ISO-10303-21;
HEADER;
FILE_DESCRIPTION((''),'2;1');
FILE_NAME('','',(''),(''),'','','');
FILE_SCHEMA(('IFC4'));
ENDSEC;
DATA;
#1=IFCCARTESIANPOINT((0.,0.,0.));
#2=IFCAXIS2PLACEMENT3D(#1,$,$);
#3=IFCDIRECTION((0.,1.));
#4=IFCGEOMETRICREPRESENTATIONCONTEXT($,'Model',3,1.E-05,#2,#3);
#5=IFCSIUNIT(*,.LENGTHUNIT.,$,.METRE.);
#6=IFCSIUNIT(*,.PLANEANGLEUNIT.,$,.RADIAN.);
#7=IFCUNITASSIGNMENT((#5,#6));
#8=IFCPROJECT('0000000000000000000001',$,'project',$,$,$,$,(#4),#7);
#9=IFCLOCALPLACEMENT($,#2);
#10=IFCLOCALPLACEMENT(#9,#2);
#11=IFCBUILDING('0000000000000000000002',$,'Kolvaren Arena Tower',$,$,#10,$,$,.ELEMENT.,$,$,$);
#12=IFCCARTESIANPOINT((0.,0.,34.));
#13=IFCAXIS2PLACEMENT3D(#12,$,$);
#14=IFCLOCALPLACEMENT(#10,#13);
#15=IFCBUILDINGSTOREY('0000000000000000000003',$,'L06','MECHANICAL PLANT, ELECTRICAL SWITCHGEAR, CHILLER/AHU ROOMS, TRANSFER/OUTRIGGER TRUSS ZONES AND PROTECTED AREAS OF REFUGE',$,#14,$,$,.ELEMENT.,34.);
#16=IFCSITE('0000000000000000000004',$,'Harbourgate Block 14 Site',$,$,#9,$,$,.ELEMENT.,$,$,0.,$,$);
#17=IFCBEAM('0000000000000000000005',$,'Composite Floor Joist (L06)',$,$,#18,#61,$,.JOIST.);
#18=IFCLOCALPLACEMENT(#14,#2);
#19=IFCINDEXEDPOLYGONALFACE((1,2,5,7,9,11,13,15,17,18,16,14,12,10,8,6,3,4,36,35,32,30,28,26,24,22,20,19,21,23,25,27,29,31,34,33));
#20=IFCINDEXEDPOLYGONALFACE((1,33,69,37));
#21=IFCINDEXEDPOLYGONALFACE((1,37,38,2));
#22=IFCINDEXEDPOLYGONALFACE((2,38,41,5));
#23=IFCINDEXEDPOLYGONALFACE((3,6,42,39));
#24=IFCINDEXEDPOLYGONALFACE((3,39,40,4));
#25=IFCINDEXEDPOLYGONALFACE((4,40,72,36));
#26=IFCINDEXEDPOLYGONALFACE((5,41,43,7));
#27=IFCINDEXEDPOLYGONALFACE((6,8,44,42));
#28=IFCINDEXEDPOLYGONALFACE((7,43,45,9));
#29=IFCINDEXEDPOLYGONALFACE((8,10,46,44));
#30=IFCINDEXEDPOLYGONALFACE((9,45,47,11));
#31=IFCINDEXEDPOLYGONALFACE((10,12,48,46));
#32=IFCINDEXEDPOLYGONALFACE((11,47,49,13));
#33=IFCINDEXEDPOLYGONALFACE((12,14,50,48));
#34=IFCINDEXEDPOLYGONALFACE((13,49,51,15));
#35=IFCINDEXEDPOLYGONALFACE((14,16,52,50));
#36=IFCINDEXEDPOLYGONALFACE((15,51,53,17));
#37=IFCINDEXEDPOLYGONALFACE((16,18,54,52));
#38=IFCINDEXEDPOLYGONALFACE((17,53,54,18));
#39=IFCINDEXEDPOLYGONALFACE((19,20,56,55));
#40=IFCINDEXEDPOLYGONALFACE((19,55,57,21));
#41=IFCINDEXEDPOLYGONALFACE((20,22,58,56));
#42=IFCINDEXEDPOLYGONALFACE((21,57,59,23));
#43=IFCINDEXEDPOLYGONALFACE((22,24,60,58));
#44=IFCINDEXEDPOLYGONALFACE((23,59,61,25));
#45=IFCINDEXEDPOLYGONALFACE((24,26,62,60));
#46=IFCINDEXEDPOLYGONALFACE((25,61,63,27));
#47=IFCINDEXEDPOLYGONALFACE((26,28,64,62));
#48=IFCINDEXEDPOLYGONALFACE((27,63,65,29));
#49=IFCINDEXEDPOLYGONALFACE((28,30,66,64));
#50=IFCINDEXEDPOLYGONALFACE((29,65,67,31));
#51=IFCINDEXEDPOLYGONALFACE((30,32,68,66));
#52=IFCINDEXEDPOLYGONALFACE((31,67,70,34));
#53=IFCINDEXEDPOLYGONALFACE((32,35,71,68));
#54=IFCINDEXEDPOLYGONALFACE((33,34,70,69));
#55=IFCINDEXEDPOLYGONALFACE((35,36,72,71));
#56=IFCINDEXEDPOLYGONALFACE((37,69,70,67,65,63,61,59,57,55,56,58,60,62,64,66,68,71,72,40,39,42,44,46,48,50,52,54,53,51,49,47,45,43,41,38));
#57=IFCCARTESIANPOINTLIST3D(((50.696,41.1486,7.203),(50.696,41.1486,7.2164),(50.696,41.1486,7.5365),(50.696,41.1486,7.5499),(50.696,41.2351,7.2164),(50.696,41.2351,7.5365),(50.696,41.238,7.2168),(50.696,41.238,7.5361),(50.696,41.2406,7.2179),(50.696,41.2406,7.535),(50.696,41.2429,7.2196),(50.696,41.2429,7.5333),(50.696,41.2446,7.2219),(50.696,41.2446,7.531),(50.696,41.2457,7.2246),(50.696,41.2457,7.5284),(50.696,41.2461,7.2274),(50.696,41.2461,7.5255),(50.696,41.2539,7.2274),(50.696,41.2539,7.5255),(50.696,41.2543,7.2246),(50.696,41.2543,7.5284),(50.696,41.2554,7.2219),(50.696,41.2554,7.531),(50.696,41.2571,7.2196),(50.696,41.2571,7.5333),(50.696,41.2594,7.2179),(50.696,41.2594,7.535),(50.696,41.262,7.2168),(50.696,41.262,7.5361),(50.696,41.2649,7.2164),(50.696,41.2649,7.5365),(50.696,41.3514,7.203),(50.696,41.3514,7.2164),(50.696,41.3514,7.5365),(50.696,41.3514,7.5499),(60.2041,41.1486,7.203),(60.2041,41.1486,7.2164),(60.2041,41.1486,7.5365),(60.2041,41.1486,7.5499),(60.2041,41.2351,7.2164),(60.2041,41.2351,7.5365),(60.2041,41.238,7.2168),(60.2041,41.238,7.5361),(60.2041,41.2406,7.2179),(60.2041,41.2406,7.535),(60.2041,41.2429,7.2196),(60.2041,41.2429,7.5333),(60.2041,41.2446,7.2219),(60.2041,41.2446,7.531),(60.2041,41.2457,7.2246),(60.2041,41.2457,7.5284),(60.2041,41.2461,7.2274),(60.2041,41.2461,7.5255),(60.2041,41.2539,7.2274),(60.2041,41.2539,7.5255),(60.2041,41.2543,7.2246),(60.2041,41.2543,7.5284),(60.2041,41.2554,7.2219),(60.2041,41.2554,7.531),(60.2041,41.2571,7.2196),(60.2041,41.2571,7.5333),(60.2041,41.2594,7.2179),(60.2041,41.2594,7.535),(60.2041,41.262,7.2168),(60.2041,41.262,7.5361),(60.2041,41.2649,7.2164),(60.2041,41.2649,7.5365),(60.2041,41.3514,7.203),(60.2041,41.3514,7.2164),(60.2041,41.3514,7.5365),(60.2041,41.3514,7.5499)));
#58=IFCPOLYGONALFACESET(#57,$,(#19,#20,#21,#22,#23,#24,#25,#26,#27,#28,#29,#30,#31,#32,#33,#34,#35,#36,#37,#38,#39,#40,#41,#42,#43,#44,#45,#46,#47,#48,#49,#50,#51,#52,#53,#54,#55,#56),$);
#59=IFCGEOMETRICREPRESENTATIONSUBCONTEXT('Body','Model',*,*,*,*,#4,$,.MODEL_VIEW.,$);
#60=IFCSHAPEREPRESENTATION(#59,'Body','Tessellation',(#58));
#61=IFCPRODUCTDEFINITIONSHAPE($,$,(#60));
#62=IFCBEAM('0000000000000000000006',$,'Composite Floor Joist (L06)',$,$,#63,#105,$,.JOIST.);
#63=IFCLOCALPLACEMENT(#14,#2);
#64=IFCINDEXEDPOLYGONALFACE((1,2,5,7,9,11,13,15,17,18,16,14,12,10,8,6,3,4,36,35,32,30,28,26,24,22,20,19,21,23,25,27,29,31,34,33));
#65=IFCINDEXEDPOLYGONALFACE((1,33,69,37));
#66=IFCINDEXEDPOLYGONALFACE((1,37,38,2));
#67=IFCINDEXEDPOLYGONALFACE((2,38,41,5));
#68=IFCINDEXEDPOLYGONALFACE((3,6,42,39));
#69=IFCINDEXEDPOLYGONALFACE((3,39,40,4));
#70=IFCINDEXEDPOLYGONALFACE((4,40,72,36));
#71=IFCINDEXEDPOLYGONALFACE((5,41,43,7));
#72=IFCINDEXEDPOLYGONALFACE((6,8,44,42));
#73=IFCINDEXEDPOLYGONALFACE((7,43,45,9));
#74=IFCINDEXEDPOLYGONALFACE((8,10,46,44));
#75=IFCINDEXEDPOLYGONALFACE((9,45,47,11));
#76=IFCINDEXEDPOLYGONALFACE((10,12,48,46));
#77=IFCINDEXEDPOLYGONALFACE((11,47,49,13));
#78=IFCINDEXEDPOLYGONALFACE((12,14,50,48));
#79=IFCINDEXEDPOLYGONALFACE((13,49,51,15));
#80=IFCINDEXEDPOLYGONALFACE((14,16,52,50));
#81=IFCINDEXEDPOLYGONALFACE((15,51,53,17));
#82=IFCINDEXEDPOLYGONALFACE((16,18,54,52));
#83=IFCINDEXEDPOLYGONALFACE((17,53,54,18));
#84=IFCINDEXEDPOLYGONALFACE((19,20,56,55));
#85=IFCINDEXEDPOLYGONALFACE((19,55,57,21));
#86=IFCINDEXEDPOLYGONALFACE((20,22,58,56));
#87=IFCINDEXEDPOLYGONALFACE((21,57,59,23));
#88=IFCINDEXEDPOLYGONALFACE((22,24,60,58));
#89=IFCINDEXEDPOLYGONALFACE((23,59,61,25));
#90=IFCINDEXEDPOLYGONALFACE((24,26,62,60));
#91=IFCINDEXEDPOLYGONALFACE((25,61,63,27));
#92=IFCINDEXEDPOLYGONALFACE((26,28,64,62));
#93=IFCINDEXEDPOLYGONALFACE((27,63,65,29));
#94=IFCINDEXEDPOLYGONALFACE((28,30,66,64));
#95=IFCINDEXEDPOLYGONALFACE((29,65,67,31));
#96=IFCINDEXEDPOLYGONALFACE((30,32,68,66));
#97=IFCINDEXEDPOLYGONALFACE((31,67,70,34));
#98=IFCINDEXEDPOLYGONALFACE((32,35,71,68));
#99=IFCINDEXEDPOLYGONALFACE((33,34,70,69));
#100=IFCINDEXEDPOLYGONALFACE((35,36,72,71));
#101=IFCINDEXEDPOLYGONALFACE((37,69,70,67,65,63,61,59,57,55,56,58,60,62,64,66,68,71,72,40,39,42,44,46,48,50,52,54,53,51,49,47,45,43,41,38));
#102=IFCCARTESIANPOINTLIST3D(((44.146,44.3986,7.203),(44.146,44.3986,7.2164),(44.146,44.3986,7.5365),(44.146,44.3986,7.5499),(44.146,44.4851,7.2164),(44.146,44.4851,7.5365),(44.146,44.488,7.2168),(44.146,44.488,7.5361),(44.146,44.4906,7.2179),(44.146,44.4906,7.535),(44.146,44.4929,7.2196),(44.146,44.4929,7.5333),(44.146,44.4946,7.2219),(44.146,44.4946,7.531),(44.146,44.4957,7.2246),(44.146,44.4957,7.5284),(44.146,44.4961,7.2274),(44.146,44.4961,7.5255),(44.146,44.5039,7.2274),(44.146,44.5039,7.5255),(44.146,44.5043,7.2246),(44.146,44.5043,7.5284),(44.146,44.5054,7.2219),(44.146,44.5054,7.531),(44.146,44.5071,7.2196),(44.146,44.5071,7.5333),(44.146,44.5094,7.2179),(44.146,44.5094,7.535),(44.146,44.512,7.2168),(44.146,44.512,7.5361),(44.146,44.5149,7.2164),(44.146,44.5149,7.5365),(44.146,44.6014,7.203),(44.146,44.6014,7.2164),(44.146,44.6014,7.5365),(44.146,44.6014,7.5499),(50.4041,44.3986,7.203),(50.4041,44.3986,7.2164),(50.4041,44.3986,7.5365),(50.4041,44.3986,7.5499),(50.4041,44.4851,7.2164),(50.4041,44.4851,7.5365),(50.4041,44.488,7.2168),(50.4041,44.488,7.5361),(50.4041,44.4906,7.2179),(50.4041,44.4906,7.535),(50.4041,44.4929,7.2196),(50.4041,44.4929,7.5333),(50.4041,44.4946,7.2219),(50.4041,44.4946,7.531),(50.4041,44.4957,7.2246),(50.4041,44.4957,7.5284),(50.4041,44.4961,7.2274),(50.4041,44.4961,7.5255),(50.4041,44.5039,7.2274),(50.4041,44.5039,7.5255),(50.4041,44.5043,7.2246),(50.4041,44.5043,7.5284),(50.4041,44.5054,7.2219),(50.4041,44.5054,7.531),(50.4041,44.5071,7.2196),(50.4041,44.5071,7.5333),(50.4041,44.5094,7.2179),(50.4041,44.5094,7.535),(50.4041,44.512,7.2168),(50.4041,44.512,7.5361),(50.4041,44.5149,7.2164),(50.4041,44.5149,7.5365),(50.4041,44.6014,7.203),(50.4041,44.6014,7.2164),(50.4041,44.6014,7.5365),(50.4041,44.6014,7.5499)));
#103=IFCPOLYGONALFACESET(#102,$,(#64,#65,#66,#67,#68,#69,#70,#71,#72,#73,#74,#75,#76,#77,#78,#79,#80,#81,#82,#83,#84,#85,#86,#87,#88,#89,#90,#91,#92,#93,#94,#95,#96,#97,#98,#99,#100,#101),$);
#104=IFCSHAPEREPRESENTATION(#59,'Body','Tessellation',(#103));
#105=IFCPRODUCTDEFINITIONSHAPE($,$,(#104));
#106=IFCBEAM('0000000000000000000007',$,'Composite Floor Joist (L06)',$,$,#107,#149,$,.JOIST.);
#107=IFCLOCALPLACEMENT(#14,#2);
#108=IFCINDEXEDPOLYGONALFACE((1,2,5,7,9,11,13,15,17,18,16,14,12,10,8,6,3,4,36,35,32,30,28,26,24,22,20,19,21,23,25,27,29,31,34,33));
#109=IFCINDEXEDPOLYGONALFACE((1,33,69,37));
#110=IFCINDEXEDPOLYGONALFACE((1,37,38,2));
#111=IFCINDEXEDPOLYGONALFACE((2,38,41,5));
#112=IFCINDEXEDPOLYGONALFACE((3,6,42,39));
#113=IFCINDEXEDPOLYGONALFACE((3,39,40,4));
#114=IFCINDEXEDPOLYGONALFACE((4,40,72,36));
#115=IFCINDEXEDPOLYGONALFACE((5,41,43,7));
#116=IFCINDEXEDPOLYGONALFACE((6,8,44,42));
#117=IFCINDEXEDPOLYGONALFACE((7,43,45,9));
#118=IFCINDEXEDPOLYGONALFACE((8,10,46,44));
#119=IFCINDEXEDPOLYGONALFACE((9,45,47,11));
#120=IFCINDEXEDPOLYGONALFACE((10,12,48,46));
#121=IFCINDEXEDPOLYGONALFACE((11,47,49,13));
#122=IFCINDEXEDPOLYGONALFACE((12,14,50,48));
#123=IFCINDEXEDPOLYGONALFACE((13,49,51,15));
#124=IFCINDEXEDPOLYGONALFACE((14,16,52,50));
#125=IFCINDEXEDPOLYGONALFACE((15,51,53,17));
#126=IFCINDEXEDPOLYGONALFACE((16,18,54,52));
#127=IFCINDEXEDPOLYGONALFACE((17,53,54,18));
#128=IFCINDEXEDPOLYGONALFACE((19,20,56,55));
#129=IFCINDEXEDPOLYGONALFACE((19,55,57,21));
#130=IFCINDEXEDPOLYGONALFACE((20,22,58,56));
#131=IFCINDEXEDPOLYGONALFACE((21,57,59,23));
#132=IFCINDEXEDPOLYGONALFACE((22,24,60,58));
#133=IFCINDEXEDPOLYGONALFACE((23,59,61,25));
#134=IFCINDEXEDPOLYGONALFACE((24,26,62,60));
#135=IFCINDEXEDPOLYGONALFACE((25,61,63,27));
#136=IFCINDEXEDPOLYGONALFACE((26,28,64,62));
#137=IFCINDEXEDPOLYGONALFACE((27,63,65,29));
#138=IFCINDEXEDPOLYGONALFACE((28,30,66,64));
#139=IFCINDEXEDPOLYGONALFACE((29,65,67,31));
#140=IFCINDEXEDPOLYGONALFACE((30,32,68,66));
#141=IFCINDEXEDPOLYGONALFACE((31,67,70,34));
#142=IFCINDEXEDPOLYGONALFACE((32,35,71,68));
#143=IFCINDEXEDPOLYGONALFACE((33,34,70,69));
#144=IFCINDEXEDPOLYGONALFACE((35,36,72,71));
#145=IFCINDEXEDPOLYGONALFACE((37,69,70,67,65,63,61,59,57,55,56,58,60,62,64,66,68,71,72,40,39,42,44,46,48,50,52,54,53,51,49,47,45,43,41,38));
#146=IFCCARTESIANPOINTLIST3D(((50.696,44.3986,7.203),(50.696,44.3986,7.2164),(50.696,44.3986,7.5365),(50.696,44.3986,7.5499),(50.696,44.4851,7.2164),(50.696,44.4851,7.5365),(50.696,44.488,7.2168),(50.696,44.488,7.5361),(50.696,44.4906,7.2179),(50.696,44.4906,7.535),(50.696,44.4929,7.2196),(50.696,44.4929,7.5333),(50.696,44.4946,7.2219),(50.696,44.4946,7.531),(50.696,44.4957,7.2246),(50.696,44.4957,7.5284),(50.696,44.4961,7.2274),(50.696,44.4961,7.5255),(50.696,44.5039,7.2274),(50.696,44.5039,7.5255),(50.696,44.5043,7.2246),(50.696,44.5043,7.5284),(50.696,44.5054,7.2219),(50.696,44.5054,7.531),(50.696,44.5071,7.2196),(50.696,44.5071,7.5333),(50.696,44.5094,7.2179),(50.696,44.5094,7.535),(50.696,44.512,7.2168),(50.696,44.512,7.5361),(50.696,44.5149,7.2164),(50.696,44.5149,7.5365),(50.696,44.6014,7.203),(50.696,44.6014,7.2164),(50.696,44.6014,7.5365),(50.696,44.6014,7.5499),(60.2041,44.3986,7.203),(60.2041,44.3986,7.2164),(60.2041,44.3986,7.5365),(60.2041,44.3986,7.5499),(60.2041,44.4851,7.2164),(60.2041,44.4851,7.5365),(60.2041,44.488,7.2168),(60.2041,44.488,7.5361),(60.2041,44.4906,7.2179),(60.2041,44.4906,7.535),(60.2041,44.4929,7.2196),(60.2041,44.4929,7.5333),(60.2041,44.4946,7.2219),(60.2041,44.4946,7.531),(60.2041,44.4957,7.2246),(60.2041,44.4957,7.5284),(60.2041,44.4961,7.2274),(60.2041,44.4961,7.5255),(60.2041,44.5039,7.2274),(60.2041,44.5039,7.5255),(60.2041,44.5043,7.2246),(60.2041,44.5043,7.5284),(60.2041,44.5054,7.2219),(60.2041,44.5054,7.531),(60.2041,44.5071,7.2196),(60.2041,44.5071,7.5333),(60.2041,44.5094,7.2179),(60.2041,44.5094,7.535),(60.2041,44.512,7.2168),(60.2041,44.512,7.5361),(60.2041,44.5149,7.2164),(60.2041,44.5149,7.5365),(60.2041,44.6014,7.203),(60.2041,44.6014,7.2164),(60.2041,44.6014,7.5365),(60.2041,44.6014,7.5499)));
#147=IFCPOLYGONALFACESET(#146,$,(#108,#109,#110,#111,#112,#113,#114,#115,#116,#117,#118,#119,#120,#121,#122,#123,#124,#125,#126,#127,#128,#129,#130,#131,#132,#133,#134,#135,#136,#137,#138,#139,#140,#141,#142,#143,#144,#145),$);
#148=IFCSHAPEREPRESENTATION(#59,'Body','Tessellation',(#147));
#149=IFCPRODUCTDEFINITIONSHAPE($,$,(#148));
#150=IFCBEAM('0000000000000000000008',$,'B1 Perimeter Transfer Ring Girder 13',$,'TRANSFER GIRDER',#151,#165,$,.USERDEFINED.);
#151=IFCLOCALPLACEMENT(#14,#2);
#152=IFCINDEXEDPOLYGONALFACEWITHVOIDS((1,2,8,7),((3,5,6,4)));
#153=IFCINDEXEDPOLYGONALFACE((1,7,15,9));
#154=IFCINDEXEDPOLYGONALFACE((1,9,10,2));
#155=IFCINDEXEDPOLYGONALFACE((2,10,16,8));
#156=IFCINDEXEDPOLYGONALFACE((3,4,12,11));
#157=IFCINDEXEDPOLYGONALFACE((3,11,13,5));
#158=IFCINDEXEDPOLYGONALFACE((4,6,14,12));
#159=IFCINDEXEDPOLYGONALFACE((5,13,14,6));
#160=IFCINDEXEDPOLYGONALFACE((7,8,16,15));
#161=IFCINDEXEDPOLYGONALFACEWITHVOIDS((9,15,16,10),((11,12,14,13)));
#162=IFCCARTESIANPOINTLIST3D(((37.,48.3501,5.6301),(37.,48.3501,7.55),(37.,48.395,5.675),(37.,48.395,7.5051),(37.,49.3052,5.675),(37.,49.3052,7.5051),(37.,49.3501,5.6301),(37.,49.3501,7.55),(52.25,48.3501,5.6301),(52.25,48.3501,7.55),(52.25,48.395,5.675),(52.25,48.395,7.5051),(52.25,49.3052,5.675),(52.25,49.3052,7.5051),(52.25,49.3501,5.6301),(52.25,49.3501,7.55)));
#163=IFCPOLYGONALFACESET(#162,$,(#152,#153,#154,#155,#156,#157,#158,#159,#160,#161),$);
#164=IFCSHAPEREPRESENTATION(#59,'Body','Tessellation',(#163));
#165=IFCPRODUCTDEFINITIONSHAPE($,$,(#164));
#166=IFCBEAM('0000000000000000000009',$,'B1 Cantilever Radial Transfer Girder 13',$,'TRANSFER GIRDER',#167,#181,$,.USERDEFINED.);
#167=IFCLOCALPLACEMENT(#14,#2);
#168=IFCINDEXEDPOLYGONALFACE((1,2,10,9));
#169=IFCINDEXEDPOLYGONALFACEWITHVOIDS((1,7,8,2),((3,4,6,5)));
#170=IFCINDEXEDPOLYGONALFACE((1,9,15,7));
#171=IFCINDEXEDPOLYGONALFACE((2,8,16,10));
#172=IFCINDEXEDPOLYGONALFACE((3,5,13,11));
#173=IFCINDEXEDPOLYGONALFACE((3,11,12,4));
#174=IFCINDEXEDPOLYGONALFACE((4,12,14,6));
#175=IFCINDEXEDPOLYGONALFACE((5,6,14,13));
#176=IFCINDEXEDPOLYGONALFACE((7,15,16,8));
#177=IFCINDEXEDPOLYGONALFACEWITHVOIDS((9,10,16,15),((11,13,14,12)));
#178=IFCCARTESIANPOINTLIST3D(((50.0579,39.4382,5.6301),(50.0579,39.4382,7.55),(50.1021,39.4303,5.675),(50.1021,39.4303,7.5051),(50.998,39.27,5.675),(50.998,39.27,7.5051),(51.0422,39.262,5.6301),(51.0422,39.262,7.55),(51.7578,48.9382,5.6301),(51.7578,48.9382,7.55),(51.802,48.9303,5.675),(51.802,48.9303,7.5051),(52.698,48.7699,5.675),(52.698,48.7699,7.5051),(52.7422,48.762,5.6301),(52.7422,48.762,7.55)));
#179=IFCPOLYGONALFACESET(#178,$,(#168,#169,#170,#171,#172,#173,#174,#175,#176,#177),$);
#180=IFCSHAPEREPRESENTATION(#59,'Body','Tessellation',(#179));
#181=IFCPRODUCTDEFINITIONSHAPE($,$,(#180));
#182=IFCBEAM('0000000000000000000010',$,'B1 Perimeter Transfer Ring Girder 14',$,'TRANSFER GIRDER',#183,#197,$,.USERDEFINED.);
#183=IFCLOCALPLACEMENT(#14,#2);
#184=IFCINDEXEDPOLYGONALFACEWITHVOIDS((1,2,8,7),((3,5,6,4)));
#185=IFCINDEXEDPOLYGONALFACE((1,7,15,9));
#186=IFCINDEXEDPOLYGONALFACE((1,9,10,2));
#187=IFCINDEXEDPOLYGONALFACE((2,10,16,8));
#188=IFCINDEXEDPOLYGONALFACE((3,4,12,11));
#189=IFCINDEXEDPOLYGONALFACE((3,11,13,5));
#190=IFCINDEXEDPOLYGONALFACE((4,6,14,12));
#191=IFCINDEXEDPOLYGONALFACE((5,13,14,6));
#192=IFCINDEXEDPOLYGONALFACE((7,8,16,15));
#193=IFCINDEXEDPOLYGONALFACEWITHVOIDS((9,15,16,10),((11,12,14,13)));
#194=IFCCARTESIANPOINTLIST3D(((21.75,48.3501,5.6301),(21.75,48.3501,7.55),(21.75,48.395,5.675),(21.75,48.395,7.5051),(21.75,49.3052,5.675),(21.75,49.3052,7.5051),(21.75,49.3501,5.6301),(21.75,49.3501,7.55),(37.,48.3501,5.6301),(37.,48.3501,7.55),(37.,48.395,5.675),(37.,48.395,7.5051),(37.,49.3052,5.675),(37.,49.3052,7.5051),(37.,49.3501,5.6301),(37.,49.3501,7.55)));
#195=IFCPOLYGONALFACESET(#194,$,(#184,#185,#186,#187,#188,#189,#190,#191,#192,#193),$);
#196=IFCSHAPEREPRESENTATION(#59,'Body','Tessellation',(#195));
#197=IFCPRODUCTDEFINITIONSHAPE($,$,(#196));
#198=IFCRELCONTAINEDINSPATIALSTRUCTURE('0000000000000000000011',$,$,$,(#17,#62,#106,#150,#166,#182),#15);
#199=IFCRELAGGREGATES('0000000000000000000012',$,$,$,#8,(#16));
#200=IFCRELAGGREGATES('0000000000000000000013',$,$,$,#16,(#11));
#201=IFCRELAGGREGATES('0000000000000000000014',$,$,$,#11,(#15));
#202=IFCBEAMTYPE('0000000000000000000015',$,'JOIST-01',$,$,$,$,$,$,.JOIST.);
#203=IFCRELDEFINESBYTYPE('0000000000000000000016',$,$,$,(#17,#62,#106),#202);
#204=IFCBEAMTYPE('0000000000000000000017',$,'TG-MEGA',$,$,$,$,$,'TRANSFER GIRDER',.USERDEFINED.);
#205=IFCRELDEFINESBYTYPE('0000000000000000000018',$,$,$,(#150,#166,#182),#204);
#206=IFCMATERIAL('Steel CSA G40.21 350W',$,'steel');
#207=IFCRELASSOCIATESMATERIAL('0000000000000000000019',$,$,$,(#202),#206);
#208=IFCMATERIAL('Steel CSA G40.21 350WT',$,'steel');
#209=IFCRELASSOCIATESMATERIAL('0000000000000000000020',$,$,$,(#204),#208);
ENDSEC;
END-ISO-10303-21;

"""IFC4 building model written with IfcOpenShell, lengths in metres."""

from ifc_helpers import new_model, si_unit, direction, frame, origin, origin_2d, place, context, subcontext, project, spatial, hollow_rectangle, i_section, extrude, material, material_profile, profile_set, type_object, element, save


model = new_model("IFC4")

# Units and contexts
model_context = context("Model", 3, precision=1e-05, world=origin(), true_north=direction((0.0, 1.0)))
body_context = subcontext(model_context, "Body", "Model", "MODEL_VIEW")
ifc_project = project(units=[si_unit("LENGTHUNIT", "METRE"), si_unit("PLANEANGLEUNIT", "RADIAN")], contexts=[model_context])

# Site, building, storey
site_placement = place(None, origin())
site = spatial("IfcSite", under=ifc_project, at=site_placement, Name="Harbourgate Block 14 Site", CompositionType="ELEMENT", RefElevation=0.0)
building_placement = place(site_placement, origin())
building = spatial("IfcBuilding", under=site, at=building_placement, Name="Kolvaren Arena Tower", CompositionType="ELEMENT")
storey_placement = place(building_placement, frame((0.0, 0.0, 34.0)))
storey = spatial("IfcBuildingStorey", under=building, at=storey_placement, Name="L06", Description="MECHANICAL PLANT, ELECTRICAL SWITCHGEAR, CHILLER/AHU ROOMS, TRANSFER/OUTRIGGER TRUSS ZONES AND PROTECTED AREAS OF REFUGE", CompositionType="ELEMENT", Elevation=34.0)

# Shared definitions
ifc_material_1 = material(Name="Steel CSA G40.21 350W", Category="steel")

# Shared definitions
ifc_material_2 = material(Name="Steel CSA G40.21 350WT", Category="steel")

# Beams
ifc_material_profile_1 = material_profile(ifc_material_1, i_section(OverallWidth=0.2029, OverallDepth=0.3469, WebThickness=0.0078, FlangeThickness=0.0134, FilletRadius=0.011, at=origin_2d()), Name="W360x64")
ifc_profile_set_1 = profile_set([ifc_material_profile_1], Name="Steel CSA G40.21 350W")
beam_type_1 = type_object("IfcBeamType", Name="JOIST-01", PredefinedType="JOIST", material=ifc_profile_set_1)
beam_1_placement = place(storey_placement, frame((50.696, 41.25, 7.3765), z_axis=(1.0, 0.0, 0.0), x_axis=(0.0, 1.0, 0.0)))
element("IfcBeam", 1, at=beam_1_placement, inside=storey, type_object=beam_type_1, Name="Composite Floor Joist (L06)", PredefinedType="JOIST", context=body_context, shape_type="SweptSolid", body=[
    extrude(i_section(OverallWidth=0.2029, OverallDepth=0.3469, WebThickness=0.0078, FlangeThickness=0.0134, FilletRadius=0.011, at=origin_2d()), origin(), (0.0, 0.0, 1.0), 9.5081),
])
beam_2_placement = place(storey_placement, frame((44.146, 44.5, 7.3765), z_axis=(1.0, 0.0, 0.0), x_axis=(0.0, 1.0, 0.0)))
element("IfcBeam", 2, at=beam_2_placement, inside=storey, type_object=beam_type_1, Name="Composite Floor Joist (L06)", PredefinedType="JOIST", context=body_context, shape_type="SweptSolid", body=[
    extrude(i_section(OverallWidth=0.2029, OverallDepth=0.3469, WebThickness=0.0078, FlangeThickness=0.0134, FilletRadius=0.011, at=origin_2d()), origin(), (0.0, 0.0, 1.0), 6.2581),
])
beam_3_placement = place(storey_placement, frame((50.696, 44.5, 7.3765), z_axis=(1.0, 0.0, 0.0), x_axis=(0.0, 1.0, 0.0)))
element("IfcBeam", 3, at=beam_3_placement, inside=storey, type_object=beam_type_1, Name="Composite Floor Joist (L06)", PredefinedType="JOIST", context=body_context, shape_type="SweptSolid", body=[
    extrude(i_section(OverallWidth=0.2029, OverallDepth=0.3469, WebThickness=0.0078, FlangeThickness=0.0134, FilletRadius=0.011, at=origin_2d()), origin(), (0.0, 0.0, 1.0), 9.5081),
])
ifc_material_profile_2 = material_profile(ifc_material_2, hollow_rectangle(XDim=1.0, YDim=1.9199, WallThickness=0.0449, at=origin_2d()), Name="BOX 1000x1920x45")
ifc_profile_set_2 = profile_set([ifc_material_profile_2], Name="Steel CSA G40.21 350WT")
beam_type_2 = type_object("IfcBeamType", Name="TG-MEGA", ElementType="TRANSFER GIRDER", PredefinedType="USERDEFINED", material=ifc_profile_set_2)
beam_4_placement = place(storey_placement, frame((52.25, 48.8501, 6.5901), z_axis=(-1.0, 0.0, 0.0), x_axis=(0.0, -1.0, 0.0)))
element("IfcBeam", 4, at=beam_4_placement, inside=storey, type_object=beam_type_2, Name="B1 Perimeter Transfer Ring Girder 13", ObjectType="TRANSFER GIRDER", PredefinedType="USERDEFINED", context=body_context, shape_type="SweptSolid", body=[
    extrude(hollow_rectangle(XDim=1.0, YDim=1.9199, WallThickness=0.0449, at=origin_2d()), origin(), (0.0, 0.0, 1.0), 15.25),
])
beam_5_placement = place(storey_placement, frame((52.25, 48.8501, 6.5901), z_axis=(-0.176144, -0.984364, 0.0), x_axis=(0.984364, -0.176144, 0.0)))
element("IfcBeam", 5, at=beam_5_placement, inside=storey, type_object=beam_type_2, Name="B1 Cantilever Radial Transfer Girder 13", ObjectType="TRANSFER GIRDER", PredefinedType="USERDEFINED", context=body_context, shape_type="SweptSolid", body=[
    extrude(hollow_rectangle(XDim=1.0, YDim=1.9199, WallThickness=0.0449, at=origin_2d()), origin(), (0.0, 0.0, 1.0), 9.6509),
])
beam_6_placement = place(storey_placement, frame((37.0, 48.8501, 6.5901), z_axis=(-1.0, 0.0, 0.0), x_axis=(0.0, -1.0, 0.0)))
element("IfcBeam", 6, at=beam_6_placement, inside=storey, type_object=beam_type_2, Name="B1 Perimeter Transfer Ring Girder 14", ObjectType="TRANSFER GIRDER", PredefinedType="USERDEFINED", context=body_context, shape_type="SweptSolid", body=[
    extrude(hollow_rectangle(XDim=1.0, YDim=1.9199, WallThickness=0.0449, at=origin_2d()), origin(), (0.0, 0.0, 1.0), 15.25),
])

save(model, "model.ifc")
